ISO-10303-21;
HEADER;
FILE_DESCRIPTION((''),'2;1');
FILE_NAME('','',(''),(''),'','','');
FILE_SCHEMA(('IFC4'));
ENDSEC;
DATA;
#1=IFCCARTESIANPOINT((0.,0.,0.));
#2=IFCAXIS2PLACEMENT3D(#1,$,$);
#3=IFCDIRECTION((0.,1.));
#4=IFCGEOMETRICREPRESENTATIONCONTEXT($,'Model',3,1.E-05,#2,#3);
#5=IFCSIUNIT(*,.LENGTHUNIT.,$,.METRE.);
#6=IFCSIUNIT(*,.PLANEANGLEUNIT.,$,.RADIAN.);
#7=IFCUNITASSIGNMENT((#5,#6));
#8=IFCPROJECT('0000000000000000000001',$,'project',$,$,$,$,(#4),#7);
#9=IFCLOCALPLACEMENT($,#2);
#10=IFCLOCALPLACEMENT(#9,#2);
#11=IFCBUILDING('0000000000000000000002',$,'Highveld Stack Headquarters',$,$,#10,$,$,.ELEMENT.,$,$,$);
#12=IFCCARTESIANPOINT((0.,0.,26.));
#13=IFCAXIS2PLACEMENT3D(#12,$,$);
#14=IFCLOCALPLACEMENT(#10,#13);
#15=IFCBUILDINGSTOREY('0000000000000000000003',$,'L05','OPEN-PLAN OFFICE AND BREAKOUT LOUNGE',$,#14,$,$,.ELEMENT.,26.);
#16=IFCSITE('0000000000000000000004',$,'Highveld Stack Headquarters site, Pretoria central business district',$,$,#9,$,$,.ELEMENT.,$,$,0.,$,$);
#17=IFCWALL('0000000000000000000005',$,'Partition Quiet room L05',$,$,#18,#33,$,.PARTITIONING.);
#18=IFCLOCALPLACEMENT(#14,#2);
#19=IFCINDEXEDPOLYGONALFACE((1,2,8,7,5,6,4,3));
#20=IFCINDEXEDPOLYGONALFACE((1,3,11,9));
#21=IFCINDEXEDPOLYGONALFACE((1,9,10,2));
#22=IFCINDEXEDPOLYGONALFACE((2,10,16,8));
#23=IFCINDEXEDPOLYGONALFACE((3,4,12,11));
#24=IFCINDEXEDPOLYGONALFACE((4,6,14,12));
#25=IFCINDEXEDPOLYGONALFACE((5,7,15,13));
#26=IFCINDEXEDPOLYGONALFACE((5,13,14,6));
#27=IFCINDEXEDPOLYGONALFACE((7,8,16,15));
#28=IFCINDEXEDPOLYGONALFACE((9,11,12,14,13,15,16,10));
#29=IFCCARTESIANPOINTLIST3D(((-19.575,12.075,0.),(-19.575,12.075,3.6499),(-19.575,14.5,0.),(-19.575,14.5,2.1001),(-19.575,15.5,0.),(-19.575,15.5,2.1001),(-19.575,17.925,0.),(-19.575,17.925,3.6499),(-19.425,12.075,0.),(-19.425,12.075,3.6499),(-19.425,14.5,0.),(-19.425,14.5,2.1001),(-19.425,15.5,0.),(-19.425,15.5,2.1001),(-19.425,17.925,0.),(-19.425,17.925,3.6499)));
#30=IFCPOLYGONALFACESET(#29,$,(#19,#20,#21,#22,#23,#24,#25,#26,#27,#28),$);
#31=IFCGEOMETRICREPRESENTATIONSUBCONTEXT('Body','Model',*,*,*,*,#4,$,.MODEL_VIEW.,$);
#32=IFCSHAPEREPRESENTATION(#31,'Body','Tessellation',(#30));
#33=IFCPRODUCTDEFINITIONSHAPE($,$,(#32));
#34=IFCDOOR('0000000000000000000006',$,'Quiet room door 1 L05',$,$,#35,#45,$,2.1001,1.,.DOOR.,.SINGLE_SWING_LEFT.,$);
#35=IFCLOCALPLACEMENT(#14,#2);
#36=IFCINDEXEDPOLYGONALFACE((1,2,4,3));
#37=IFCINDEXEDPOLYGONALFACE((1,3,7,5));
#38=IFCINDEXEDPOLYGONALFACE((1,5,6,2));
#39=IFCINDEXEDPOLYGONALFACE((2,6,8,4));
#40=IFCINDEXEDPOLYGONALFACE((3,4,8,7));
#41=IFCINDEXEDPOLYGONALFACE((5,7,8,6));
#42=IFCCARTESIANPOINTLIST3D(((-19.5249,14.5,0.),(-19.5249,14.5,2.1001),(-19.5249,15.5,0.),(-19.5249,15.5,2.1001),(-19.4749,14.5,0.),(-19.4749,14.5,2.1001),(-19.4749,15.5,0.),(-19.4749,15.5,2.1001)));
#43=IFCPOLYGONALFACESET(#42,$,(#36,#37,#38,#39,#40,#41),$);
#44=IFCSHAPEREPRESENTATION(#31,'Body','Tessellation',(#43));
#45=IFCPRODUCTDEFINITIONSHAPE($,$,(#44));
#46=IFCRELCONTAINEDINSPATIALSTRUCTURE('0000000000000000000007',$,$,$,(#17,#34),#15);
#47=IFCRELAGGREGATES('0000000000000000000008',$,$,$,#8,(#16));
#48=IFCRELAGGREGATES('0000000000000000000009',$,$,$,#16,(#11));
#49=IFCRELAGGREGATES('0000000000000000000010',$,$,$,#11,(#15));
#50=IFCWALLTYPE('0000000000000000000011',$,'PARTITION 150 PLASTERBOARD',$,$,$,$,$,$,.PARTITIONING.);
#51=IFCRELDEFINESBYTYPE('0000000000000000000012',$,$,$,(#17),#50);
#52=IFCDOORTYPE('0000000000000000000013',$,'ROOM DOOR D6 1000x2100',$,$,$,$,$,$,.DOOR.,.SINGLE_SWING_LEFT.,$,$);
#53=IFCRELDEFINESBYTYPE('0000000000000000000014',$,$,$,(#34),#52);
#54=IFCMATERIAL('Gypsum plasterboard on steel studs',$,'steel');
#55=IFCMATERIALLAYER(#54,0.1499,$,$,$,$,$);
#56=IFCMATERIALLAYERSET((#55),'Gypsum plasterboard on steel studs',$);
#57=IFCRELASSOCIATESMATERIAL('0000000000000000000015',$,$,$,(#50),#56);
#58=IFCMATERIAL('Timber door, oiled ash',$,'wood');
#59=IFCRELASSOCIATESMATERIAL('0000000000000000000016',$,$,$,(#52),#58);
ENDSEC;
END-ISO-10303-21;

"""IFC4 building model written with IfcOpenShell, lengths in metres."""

from ifc_helpers import new_model, si_unit, direction, frame, frame_2d, origin, place, context, subcontext, project, spatial, rectangle, extrude, material, layer, layer_set, type_object, element, fill, save


model = new_model("IFC4")

# Units and contexts
model_context = context("Model", 3, precision=1e-05, world=origin(), true_north=direction((0.0, 1.0)))
body_context = subcontext(model_context, "Body", "Model", "MODEL_VIEW")
ifc_project = project(units=[si_unit("LENGTHUNIT", "METRE"), si_unit("PLANEANGLEUNIT", "RADIAN")], contexts=[model_context])

# Site, building, storey
site_placement = place(None, origin())
site = spatial("IfcSite", under=ifc_project, at=site_placement, Name="Highveld Stack Headquarters site, Pretoria central business district", CompositionType="ELEMENT", RefElevation=0.0)
building_placement = place(site_placement, origin())
building = spatial("IfcBuilding", under=site, at=building_placement, Name="Highveld Stack Headquarters", CompositionType="ELEMENT")
storey_placement = place(building_placement, frame((0.0, 0.0, 26.0)))
storey = spatial("IfcBuildingStorey", under=building, at=storey_placement, Name="L05", Description="OPEN-PLAN OFFICE AND BREAKOUT LOUNGE", CompositionType="ELEMENT", Elevation=26.0)

# Shared definitions
ifc_material_1 = material(Name="Gypsum plasterboard on steel studs", Category="steel")
ifc_layer_1 = layer(ifc_material_1, 0.1499)
ifc_layer_set_1 = layer_set([ifc_layer_1], Name="Gypsum plasterboard on steel studs")
wall_type = type_object("IfcWallType", Name="PARTITION 150 PLASTERBOARD", PredefinedType="PARTITIONING", material=ifc_layer_set_1)

# Wall, opening, door
wall_1_placement = place(storey_placement, frame((-19.5, 12.075, 0.0), z_axis=(0.0, 0.0, 1.0), x_axis=(0.0, 1.0, 0.0)))
wall_1 = element("IfcWall", 1, at=wall_1_placement, inside=storey, type_object=wall_type, Name="Partition Quiet room L05", PredefinedType="PARTITIONING", context=body_context, shape_type="SweptSolid", body=[
    extrude(rectangle(XDim=5.8501, YDim=0.1499, at=frame_2d((2.925, 0.0))), origin(), (0.0, 0.0, 1.0), 3.6499),
])
opening_placement = place(wall_1_placement, frame((2.425, 0.0, 0.0)))
opening = element("IfcOpeningElement", 2, at=opening_placement, cuts=wall_1, PredefinedType="OPENING", context=body_context, shape_type="SweptSolid", body=[
    extrude(rectangle(XDim=1.0, YDim=2.1001, at=frame_2d((0.5, 1.05))), frame((0.0, 0.085, 0.0), z_axis=(0.0, -1.0, 0.0), x_axis=(1.0, 0.0, 0.0)), (0.0, 0.0, 1.0), 0.1699),
])
ifc_material_2 = material(Name="Timber door, oiled ash", Category="wood")
door_type = type_object("IfcDoorType", Name="ROOM DOOR D6 1000x2100", OperationType="SINGLE_SWING_LEFT", PredefinedType="DOOR", material=ifc_material_2)
door_placement = place(opening_placement, origin())
door = element("IfcDoor", 3, at=door_placement, inside=storey, type_object=door_type, Name="Quiet room door 1 L05", OperationType="SINGLE_SWING_LEFT", OverallHeight=2.1001, OverallWidth=1.0, PredefinedType="DOOR", context=body_context, shape_type="SweptSolid", body=[
    extrude(rectangle(XDim=1.0, YDim=2.1001, at=frame_2d((0.5, 1.05))), frame((0.0, 0.0249, 0.0), z_axis=(0.0, -1.0, 0.0), x_axis=(1.0, 0.0, 0.0)), (0.0, 0.0, 1.0), 0.05),
])
fill(opening, door)

save(model, "model.ifc")
